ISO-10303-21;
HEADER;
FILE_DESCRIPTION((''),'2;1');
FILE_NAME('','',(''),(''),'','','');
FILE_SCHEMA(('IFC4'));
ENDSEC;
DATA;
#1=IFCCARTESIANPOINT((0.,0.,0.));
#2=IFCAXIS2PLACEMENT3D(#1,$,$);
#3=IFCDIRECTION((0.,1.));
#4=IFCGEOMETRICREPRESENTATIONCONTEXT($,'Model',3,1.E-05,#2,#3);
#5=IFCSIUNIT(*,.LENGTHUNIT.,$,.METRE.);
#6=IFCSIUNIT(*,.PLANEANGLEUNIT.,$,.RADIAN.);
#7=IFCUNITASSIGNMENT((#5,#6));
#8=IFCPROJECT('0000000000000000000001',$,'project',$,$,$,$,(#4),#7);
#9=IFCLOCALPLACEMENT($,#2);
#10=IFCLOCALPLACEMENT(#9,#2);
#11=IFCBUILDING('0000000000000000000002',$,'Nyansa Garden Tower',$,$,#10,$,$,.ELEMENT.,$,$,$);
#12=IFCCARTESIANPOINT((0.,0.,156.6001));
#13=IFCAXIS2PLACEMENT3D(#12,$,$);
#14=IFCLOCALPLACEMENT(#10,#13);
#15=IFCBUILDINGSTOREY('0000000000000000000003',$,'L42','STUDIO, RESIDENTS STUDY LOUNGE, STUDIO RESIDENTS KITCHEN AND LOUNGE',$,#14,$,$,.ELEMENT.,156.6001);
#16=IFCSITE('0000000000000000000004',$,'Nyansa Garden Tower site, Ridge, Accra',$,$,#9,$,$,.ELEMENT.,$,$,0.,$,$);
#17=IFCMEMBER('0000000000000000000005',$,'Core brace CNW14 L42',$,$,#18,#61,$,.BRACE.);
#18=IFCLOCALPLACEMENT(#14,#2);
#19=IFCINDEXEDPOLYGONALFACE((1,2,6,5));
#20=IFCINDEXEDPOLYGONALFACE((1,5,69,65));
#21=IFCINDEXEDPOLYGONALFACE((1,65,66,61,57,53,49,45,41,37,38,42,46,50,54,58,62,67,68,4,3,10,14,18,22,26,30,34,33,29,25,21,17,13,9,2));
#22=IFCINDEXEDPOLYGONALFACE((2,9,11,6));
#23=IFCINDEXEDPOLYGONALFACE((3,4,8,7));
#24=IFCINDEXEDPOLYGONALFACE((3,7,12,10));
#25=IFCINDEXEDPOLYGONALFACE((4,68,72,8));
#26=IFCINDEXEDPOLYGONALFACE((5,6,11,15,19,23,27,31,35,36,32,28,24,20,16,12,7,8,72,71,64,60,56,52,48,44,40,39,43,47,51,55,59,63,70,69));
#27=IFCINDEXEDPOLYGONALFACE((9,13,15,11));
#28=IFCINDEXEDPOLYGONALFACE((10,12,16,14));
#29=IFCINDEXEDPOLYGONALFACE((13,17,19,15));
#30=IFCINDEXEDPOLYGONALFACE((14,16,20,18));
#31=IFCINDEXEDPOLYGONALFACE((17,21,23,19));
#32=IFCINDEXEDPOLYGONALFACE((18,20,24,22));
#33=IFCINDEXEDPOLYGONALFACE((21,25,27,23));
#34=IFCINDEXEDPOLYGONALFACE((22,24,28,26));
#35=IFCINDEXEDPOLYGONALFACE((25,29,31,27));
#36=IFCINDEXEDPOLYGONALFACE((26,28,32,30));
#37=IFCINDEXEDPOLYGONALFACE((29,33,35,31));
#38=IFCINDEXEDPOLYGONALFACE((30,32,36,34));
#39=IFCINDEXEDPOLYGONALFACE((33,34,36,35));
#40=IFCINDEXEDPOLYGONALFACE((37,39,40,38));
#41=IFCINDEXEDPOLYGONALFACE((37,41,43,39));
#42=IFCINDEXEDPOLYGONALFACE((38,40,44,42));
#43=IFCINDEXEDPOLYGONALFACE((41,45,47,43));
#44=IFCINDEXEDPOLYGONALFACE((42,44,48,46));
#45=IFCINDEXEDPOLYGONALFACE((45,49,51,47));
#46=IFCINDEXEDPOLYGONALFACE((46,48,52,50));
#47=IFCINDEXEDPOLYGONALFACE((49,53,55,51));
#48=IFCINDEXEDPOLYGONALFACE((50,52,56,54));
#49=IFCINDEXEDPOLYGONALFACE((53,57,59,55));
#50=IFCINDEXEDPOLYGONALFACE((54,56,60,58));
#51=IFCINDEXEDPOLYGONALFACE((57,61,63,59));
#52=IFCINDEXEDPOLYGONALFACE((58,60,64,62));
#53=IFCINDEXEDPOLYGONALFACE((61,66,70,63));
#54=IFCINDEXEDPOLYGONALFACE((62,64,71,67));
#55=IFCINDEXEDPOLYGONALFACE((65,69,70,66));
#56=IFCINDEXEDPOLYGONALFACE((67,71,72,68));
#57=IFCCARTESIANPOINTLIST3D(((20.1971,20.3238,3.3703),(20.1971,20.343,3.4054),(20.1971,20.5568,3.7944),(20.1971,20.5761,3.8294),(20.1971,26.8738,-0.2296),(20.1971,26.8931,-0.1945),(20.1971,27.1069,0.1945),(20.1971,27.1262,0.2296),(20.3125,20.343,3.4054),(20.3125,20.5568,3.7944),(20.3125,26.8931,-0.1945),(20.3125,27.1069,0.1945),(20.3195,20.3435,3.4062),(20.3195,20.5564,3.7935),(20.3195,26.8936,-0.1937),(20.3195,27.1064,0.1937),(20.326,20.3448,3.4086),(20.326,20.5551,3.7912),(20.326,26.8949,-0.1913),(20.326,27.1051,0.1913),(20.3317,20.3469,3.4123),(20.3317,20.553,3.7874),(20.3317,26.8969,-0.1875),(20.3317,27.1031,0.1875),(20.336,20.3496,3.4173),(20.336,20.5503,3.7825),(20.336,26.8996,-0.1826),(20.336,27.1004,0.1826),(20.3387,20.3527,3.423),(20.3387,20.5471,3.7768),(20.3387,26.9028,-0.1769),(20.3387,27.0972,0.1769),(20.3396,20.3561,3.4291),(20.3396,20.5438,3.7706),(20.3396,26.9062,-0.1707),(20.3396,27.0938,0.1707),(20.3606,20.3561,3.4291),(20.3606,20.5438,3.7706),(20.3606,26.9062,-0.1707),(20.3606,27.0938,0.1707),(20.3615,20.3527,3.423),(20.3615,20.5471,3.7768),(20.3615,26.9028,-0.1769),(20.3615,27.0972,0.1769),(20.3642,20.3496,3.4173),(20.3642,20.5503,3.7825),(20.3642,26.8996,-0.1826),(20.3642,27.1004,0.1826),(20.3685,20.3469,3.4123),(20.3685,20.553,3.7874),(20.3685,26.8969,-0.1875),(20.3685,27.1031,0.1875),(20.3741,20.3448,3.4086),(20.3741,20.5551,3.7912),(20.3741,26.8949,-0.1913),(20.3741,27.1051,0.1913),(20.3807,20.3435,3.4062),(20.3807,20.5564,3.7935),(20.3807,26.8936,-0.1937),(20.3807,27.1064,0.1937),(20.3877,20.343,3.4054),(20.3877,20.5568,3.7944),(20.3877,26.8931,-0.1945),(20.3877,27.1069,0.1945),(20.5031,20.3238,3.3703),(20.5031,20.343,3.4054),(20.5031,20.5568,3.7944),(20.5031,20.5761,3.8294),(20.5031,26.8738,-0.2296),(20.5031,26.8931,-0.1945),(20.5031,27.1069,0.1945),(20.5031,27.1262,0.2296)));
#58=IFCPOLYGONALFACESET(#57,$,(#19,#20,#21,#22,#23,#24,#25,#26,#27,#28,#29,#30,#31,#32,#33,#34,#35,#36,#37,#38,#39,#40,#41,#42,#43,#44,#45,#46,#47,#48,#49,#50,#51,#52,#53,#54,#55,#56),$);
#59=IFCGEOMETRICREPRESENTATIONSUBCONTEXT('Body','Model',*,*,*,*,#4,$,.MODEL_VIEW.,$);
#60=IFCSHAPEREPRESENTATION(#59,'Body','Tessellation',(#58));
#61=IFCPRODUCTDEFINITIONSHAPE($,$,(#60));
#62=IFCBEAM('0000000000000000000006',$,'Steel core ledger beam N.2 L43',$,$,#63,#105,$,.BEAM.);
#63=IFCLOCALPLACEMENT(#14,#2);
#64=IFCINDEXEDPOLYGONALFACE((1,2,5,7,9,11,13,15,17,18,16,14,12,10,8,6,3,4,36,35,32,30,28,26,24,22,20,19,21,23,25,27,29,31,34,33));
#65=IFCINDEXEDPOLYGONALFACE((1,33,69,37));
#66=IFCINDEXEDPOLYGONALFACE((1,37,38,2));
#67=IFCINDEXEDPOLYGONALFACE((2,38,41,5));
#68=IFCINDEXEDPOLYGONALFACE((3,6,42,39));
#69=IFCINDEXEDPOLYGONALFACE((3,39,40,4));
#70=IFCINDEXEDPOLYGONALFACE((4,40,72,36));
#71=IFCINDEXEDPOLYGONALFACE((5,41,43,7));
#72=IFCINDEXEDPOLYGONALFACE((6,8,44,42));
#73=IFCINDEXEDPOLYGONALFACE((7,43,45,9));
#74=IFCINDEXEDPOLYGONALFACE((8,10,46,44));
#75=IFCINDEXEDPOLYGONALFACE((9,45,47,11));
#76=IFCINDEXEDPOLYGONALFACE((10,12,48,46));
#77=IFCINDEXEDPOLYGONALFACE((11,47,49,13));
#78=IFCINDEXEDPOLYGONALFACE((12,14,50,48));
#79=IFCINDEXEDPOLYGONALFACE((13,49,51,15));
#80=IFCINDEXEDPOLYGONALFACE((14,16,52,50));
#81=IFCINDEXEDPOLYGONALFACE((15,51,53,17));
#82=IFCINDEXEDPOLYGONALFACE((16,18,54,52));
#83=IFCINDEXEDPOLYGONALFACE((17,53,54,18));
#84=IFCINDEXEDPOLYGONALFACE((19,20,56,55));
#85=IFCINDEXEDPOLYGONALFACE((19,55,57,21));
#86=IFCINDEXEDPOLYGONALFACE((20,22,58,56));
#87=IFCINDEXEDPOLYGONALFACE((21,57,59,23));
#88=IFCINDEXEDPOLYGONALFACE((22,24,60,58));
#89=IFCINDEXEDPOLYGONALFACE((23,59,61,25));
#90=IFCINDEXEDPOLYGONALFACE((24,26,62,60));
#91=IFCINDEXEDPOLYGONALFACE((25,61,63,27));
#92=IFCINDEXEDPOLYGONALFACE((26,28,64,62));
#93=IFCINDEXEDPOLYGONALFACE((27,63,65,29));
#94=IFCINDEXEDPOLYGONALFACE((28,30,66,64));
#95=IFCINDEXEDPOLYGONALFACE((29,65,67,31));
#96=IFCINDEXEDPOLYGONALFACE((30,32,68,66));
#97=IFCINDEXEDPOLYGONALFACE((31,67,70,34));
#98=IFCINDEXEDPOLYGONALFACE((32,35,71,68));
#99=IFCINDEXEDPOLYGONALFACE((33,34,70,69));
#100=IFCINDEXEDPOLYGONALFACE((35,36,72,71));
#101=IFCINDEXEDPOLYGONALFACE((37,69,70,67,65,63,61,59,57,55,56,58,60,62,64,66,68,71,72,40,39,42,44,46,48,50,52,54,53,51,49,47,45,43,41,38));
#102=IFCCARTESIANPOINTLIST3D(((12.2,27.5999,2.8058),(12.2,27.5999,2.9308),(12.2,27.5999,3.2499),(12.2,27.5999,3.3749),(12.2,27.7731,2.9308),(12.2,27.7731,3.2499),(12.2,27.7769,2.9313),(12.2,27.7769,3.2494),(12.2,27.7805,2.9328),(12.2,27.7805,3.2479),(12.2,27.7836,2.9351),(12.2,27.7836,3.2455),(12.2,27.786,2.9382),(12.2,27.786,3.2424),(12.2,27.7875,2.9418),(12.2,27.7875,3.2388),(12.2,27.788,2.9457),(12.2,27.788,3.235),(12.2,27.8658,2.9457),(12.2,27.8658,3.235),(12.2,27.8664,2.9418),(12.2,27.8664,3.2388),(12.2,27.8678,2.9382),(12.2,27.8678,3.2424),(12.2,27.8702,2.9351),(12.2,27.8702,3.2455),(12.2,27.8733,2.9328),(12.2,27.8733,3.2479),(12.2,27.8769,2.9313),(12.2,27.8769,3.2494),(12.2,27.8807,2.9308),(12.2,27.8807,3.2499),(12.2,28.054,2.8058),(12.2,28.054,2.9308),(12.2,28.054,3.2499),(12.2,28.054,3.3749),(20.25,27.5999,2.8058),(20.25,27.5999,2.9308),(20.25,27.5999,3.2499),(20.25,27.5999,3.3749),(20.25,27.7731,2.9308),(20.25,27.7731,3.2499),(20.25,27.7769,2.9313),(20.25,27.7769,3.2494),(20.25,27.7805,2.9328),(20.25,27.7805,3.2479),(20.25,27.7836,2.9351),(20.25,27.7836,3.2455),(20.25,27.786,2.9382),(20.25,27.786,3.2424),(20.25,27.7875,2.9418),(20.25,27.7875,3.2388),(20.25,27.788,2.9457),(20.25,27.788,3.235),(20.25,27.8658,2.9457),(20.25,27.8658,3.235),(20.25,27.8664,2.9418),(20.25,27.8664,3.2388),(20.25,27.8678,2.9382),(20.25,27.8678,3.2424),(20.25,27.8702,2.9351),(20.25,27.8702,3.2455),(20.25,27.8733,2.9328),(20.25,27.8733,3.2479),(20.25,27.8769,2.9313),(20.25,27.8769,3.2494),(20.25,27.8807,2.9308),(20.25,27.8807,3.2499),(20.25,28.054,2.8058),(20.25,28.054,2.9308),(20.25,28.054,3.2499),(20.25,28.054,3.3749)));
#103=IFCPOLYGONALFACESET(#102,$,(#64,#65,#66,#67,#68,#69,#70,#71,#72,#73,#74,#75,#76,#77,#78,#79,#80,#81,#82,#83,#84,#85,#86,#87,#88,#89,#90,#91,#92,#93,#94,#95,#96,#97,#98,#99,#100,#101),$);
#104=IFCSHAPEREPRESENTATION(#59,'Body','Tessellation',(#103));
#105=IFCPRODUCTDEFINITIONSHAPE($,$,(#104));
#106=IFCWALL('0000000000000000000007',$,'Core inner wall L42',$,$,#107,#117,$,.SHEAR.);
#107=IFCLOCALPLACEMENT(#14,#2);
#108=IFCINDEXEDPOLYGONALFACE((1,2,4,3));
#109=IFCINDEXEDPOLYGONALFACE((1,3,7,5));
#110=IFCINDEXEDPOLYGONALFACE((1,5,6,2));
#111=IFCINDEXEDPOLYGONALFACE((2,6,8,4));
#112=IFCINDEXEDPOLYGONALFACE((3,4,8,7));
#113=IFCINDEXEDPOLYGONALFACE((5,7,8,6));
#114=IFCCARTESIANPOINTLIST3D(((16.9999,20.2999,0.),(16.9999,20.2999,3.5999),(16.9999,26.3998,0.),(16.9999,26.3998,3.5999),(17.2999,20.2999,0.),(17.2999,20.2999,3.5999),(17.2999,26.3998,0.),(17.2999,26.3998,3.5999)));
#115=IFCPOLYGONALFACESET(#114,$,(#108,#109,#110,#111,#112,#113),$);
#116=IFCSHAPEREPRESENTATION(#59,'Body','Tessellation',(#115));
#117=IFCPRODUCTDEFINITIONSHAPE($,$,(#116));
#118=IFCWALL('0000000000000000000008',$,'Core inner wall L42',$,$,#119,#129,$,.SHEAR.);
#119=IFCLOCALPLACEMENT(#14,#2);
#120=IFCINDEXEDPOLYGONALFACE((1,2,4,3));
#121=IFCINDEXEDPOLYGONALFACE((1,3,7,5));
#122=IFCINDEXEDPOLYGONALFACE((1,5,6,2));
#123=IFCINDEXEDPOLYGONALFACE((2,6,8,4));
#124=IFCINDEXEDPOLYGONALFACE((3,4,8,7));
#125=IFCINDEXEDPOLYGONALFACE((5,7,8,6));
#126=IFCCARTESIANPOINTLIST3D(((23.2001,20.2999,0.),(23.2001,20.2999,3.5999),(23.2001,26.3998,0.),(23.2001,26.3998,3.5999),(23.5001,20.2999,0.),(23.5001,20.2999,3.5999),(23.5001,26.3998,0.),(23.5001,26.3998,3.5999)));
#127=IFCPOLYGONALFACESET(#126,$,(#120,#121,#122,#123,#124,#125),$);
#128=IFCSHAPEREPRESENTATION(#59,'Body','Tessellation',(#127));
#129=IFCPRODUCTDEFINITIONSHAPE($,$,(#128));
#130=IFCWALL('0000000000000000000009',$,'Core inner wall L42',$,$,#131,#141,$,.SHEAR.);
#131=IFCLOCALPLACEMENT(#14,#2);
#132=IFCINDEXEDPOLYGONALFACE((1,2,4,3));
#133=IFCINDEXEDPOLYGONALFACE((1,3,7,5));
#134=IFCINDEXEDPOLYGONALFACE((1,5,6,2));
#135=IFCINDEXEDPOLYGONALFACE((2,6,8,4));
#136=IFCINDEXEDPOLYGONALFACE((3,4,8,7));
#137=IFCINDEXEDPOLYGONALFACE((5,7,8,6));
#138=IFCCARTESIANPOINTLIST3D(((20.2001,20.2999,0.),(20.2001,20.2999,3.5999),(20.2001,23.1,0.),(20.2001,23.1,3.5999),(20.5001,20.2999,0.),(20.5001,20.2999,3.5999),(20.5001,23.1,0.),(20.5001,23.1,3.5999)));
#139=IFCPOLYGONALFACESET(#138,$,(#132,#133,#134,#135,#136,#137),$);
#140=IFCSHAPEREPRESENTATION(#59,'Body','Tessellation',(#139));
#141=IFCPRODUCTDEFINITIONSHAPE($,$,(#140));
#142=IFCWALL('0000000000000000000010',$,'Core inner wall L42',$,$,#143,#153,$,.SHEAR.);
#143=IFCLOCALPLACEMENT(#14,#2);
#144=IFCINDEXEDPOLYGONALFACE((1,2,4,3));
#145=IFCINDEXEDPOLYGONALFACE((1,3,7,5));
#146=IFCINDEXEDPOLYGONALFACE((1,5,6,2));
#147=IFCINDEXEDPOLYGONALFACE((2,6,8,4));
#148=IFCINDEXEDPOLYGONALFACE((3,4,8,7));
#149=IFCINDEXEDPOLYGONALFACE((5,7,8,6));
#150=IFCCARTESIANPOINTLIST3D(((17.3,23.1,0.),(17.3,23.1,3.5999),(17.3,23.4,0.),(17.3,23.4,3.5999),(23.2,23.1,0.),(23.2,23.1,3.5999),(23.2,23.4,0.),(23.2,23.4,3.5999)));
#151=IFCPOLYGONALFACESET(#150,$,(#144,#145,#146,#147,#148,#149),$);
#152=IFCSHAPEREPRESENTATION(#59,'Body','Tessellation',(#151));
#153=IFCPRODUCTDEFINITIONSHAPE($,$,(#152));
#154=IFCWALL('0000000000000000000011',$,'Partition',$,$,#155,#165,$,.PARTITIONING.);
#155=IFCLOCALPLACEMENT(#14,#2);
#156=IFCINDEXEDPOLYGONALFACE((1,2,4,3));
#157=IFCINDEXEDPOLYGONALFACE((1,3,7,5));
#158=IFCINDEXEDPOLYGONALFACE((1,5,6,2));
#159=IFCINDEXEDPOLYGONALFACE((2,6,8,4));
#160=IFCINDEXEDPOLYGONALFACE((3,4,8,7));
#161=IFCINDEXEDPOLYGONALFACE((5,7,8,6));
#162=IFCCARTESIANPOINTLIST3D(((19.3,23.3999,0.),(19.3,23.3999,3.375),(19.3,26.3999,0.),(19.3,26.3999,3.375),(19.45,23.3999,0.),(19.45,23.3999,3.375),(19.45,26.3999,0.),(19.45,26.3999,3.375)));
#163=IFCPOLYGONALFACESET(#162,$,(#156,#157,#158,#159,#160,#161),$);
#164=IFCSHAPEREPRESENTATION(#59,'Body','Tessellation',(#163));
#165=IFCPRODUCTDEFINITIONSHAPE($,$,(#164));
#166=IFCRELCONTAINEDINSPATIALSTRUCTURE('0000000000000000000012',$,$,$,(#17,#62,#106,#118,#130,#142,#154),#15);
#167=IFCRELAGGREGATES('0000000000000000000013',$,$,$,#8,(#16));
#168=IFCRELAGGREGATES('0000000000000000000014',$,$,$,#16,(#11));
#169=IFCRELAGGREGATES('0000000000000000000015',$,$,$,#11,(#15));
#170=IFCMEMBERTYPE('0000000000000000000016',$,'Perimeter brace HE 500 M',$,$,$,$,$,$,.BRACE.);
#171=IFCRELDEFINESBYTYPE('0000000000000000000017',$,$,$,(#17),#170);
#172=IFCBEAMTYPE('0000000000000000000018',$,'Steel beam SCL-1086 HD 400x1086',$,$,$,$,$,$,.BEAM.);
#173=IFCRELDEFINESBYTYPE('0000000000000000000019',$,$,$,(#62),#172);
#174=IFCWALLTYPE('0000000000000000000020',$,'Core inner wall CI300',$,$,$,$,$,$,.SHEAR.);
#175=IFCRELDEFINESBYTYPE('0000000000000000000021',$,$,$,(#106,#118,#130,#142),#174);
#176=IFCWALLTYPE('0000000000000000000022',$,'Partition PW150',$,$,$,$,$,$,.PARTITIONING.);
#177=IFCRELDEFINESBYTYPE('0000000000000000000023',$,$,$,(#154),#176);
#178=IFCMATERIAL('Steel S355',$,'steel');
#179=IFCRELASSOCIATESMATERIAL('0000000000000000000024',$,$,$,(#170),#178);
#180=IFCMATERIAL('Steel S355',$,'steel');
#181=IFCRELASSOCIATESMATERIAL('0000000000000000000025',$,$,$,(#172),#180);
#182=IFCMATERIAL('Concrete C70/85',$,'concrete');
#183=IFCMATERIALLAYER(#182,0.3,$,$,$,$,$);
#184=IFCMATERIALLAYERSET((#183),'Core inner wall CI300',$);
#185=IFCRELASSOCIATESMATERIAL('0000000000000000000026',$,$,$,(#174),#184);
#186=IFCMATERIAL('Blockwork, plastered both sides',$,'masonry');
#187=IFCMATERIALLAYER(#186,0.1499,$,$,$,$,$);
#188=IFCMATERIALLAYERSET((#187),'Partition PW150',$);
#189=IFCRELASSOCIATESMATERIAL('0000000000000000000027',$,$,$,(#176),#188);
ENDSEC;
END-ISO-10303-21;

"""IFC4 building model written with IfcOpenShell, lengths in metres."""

from ifc_helpers import new_model, si_unit, direction, frame, frame_2d, origin, origin_2d, place, context, subcontext, project, spatial, rectangle, i_section, extrude, material, layer, layer_set, material_profile, profile_set, type_object, element, save


model = new_model("IFC4")

# Units and contexts
model_context = context("Model", 3, precision=1e-05, world=origin(), true_north=direction((0.0, 1.0)))
body_context = subcontext(model_context, "Body", "Model", "MODEL_VIEW")
ifc_project = project(units=[si_unit("LENGTHUNIT", "METRE"), si_unit("PLANEANGLEUNIT", "RADIAN")], contexts=[model_context])

# Site, building, storey
site_placement = place(None, origin())
site = spatial("IfcSite", under=ifc_project, at=site_placement, Name="Nyansa Garden Tower site, Ridge, Accra", CompositionType="ELEMENT", RefElevation=0.0)
building_placement = place(site_placement, origin())
building = spatial("IfcBuilding", under=site, at=building_placement, Name="Nyansa Garden Tower", CompositionType="ELEMENT")
storey_placement = place(building_placement, frame((0.0, 0.0, 156.6001)))
storey = spatial("IfcBuildingStorey", under=building, at=storey_placement, Name="L42", Description="STUDIO, RESIDENTS STUDY LOUNGE, STUDIO RESIDENTS KITCHEN AND LOUNGE", CompositionType="ELEMENT", Elevation=156.6001)

# Member
ifc_material_1 = material(Name="Steel S355", Category="steel")
ifc_material_profile_1 = material_profile(ifc_material_1, i_section(OverallWidth=0.3059, OverallDepth=0.5239, WebThickness=0.021, FlangeThickness=0.04, FilletRadius=0.0271, at=origin_2d()), Name="HE 500 M")
ifc_profile_set_1 = profile_set([ifc_material_profile_1], Name="Steel S355")
member_type = type_object("IfcMemberType", Name="Perimeter brace HE 500 M", PredefinedType="BRACE", material=ifc_profile_set_1)
for number, where, z_axis, x_axis, name in (
    (1, (20.3501, 27.0, 0.0), (0.0, -0.876367, 0.481644), (1.0, 0.0, 0.0), "Core brace CNW14 L42"),
):
    element("IfcMember", number, at=place(storey_placement, frame(where, z_axis=z_axis, x_axis=x_axis)), inside=storey, type_object=member_type, Name=name, PredefinedType="BRACE", context=body_context, shape_type="SweptSolid", body=[
        extrude(i_section(OverallWidth=0.3059, OverallDepth=0.5239, WebThickness=0.021, FlangeThickness=0.04, FilletRadius=0.0271, at=origin_2d()), origin(), (0.0, 0.0, 1.0), 7.4741),
    ])

# Beam
ifc_material_2 = material(Name="Steel S355", Category="steel")
ifc_material_profile_2 = material_profile(ifc_material_2, i_section(OverallWidth=0.4541, OverallDepth=0.5691, WebThickness=0.0779, FlangeThickness=0.125, FilletRadius=0.0149, at=origin_2d()), Name="HD 400x1086")
ifc_profile_set_2 = profile_set([ifc_material_profile_2], Name="Steel S355")
beam_type = type_object("IfcBeamType", Name="Steel beam SCL-1086 HD 400x1086", PredefinedType="BEAM", material=ifc_profile_set_2)
beam_placement = place(storey_placement, frame((20.25, 27.8269, 3.0903), z_axis=(-1.0, 0.0, 0.0), x_axis=(0.0, -1.0, 0.0)))
element("IfcBeam", 2, at=beam_placement, inside=storey, type_object=beam_type, Name="Steel core ledger beam N.2 L43", PredefinedType="BEAM", context=body_context, shape_type="SweptSolid", body=[
    extrude(i_section(OverallWidth=0.4541, OverallDepth=0.5691, WebThickness=0.0779, FlangeThickness=0.125, FilletRadius=0.0149, at=origin_2d()), origin(), (0.0, 0.0, 1.0), 8.05),
])

# Walls
ifc_material_3 = material(Name="Concrete C70/85", Category="concrete")
ifc_layer_1 = layer(ifc_material_3, 0.3)
ifc_layer_set_1 = layer_set([ifc_layer_1], Name="Core inner wall CI300")
wall_type_1 = type_object("IfcWallType", Name="Core inner wall CI300", PredefinedType="SHEAR", material=ifc_layer_set_1)
for number, where, z_axis, x_axis, name in (
    (3, (17.1499, 20.3, 0.0), (0.0, 0.0, 1.0), (0.0, 1.0, 0.0), "Core inner wall L42"),
    (4, (23.3501, 20.3, 0.0), (0.0, 0.0, 1.0), (0.0, 1.0, 0.0), "Core inner wall L42"),
):
    element("IfcWall", number, at=place(storey_placement, frame(where, z_axis=z_axis, x_axis=x_axis)), inside=storey, type_object=wall_type_1, Name=name, PredefinedType="SHEAR", context=body_context, shape_type="SweptSolid", body=[
        extrude(rectangle(XDim=6.0999, YDim=0.3, at=frame_2d((3.0498, 0.0))), origin(), (0.0, 0.0, 1.0), 3.5999),
    ])
wall_1_placement = place(storey_placement, frame((20.3501, 20.3, 0.0), z_axis=(0.0, 0.0, 1.0), x_axis=(0.0, 1.0, 0.0)))
element("IfcWall", 5, at=wall_1_placement, inside=storey, type_object=wall_type_1, Name="Core inner wall L42", PredefinedType="SHEAR", context=body_context, shape_type="SweptSolid", body=[
    extrude(rectangle(XDim=2.8, YDim=0.3, at=frame_2d((1.3999, 0.0))), origin(), (0.0, 0.0, 1.0), 3.5999),
])
wall_2_placement = place(storey_placement, frame((17.3, 23.25, 0.0), z_axis=(0.0, 0.0, 1.0), x_axis=(1.0, 0.0, 0.0)))
element("IfcWall", 6, at=wall_2_placement, inside=storey, type_object=wall_type_1, Name="Core inner wall L42", PredefinedType="SHEAR", context=body_context, shape_type="SweptSolid", body=[
    extrude(rectangle(XDim=5.8999, YDim=0.3, at=frame_2d((2.95, 0.0))), origin(), (0.0, 0.0, 1.0), 3.5999),
])
ifc_material_4 = material(Name="Blockwork, plastered both sides", Category="masonry")
ifc_layer_2 = layer(ifc_material_4, 0.1499)
ifc_layer_set_2 = layer_set([ifc_layer_2], Name="Partition PW150")
wall_type_2 = type_object("IfcWallType", Name="Partition PW150", PredefinedType="PARTITIONING", material=ifc_layer_set_2)
wall_3_placement = place(storey_placement, frame((19.375, 23.3999, 0.0), z_axis=(0.0, 0.0, 1.0), x_axis=(0.0, 1.0, 0.0)))
element("IfcWall", 7, at=wall_3_placement, inside=storey, type_object=wall_type_2, Name="Partition", PredefinedType="PARTITIONING", context=body_context, shape_type="SweptSolid", body=[
    extrude(rectangle(XDim=3.0, YDim=0.1499, at=frame_2d((1.5, 0.0))), origin(), (0.0, 0.0, 1.0), 3.375),
])

save(model, "model.ifc")
